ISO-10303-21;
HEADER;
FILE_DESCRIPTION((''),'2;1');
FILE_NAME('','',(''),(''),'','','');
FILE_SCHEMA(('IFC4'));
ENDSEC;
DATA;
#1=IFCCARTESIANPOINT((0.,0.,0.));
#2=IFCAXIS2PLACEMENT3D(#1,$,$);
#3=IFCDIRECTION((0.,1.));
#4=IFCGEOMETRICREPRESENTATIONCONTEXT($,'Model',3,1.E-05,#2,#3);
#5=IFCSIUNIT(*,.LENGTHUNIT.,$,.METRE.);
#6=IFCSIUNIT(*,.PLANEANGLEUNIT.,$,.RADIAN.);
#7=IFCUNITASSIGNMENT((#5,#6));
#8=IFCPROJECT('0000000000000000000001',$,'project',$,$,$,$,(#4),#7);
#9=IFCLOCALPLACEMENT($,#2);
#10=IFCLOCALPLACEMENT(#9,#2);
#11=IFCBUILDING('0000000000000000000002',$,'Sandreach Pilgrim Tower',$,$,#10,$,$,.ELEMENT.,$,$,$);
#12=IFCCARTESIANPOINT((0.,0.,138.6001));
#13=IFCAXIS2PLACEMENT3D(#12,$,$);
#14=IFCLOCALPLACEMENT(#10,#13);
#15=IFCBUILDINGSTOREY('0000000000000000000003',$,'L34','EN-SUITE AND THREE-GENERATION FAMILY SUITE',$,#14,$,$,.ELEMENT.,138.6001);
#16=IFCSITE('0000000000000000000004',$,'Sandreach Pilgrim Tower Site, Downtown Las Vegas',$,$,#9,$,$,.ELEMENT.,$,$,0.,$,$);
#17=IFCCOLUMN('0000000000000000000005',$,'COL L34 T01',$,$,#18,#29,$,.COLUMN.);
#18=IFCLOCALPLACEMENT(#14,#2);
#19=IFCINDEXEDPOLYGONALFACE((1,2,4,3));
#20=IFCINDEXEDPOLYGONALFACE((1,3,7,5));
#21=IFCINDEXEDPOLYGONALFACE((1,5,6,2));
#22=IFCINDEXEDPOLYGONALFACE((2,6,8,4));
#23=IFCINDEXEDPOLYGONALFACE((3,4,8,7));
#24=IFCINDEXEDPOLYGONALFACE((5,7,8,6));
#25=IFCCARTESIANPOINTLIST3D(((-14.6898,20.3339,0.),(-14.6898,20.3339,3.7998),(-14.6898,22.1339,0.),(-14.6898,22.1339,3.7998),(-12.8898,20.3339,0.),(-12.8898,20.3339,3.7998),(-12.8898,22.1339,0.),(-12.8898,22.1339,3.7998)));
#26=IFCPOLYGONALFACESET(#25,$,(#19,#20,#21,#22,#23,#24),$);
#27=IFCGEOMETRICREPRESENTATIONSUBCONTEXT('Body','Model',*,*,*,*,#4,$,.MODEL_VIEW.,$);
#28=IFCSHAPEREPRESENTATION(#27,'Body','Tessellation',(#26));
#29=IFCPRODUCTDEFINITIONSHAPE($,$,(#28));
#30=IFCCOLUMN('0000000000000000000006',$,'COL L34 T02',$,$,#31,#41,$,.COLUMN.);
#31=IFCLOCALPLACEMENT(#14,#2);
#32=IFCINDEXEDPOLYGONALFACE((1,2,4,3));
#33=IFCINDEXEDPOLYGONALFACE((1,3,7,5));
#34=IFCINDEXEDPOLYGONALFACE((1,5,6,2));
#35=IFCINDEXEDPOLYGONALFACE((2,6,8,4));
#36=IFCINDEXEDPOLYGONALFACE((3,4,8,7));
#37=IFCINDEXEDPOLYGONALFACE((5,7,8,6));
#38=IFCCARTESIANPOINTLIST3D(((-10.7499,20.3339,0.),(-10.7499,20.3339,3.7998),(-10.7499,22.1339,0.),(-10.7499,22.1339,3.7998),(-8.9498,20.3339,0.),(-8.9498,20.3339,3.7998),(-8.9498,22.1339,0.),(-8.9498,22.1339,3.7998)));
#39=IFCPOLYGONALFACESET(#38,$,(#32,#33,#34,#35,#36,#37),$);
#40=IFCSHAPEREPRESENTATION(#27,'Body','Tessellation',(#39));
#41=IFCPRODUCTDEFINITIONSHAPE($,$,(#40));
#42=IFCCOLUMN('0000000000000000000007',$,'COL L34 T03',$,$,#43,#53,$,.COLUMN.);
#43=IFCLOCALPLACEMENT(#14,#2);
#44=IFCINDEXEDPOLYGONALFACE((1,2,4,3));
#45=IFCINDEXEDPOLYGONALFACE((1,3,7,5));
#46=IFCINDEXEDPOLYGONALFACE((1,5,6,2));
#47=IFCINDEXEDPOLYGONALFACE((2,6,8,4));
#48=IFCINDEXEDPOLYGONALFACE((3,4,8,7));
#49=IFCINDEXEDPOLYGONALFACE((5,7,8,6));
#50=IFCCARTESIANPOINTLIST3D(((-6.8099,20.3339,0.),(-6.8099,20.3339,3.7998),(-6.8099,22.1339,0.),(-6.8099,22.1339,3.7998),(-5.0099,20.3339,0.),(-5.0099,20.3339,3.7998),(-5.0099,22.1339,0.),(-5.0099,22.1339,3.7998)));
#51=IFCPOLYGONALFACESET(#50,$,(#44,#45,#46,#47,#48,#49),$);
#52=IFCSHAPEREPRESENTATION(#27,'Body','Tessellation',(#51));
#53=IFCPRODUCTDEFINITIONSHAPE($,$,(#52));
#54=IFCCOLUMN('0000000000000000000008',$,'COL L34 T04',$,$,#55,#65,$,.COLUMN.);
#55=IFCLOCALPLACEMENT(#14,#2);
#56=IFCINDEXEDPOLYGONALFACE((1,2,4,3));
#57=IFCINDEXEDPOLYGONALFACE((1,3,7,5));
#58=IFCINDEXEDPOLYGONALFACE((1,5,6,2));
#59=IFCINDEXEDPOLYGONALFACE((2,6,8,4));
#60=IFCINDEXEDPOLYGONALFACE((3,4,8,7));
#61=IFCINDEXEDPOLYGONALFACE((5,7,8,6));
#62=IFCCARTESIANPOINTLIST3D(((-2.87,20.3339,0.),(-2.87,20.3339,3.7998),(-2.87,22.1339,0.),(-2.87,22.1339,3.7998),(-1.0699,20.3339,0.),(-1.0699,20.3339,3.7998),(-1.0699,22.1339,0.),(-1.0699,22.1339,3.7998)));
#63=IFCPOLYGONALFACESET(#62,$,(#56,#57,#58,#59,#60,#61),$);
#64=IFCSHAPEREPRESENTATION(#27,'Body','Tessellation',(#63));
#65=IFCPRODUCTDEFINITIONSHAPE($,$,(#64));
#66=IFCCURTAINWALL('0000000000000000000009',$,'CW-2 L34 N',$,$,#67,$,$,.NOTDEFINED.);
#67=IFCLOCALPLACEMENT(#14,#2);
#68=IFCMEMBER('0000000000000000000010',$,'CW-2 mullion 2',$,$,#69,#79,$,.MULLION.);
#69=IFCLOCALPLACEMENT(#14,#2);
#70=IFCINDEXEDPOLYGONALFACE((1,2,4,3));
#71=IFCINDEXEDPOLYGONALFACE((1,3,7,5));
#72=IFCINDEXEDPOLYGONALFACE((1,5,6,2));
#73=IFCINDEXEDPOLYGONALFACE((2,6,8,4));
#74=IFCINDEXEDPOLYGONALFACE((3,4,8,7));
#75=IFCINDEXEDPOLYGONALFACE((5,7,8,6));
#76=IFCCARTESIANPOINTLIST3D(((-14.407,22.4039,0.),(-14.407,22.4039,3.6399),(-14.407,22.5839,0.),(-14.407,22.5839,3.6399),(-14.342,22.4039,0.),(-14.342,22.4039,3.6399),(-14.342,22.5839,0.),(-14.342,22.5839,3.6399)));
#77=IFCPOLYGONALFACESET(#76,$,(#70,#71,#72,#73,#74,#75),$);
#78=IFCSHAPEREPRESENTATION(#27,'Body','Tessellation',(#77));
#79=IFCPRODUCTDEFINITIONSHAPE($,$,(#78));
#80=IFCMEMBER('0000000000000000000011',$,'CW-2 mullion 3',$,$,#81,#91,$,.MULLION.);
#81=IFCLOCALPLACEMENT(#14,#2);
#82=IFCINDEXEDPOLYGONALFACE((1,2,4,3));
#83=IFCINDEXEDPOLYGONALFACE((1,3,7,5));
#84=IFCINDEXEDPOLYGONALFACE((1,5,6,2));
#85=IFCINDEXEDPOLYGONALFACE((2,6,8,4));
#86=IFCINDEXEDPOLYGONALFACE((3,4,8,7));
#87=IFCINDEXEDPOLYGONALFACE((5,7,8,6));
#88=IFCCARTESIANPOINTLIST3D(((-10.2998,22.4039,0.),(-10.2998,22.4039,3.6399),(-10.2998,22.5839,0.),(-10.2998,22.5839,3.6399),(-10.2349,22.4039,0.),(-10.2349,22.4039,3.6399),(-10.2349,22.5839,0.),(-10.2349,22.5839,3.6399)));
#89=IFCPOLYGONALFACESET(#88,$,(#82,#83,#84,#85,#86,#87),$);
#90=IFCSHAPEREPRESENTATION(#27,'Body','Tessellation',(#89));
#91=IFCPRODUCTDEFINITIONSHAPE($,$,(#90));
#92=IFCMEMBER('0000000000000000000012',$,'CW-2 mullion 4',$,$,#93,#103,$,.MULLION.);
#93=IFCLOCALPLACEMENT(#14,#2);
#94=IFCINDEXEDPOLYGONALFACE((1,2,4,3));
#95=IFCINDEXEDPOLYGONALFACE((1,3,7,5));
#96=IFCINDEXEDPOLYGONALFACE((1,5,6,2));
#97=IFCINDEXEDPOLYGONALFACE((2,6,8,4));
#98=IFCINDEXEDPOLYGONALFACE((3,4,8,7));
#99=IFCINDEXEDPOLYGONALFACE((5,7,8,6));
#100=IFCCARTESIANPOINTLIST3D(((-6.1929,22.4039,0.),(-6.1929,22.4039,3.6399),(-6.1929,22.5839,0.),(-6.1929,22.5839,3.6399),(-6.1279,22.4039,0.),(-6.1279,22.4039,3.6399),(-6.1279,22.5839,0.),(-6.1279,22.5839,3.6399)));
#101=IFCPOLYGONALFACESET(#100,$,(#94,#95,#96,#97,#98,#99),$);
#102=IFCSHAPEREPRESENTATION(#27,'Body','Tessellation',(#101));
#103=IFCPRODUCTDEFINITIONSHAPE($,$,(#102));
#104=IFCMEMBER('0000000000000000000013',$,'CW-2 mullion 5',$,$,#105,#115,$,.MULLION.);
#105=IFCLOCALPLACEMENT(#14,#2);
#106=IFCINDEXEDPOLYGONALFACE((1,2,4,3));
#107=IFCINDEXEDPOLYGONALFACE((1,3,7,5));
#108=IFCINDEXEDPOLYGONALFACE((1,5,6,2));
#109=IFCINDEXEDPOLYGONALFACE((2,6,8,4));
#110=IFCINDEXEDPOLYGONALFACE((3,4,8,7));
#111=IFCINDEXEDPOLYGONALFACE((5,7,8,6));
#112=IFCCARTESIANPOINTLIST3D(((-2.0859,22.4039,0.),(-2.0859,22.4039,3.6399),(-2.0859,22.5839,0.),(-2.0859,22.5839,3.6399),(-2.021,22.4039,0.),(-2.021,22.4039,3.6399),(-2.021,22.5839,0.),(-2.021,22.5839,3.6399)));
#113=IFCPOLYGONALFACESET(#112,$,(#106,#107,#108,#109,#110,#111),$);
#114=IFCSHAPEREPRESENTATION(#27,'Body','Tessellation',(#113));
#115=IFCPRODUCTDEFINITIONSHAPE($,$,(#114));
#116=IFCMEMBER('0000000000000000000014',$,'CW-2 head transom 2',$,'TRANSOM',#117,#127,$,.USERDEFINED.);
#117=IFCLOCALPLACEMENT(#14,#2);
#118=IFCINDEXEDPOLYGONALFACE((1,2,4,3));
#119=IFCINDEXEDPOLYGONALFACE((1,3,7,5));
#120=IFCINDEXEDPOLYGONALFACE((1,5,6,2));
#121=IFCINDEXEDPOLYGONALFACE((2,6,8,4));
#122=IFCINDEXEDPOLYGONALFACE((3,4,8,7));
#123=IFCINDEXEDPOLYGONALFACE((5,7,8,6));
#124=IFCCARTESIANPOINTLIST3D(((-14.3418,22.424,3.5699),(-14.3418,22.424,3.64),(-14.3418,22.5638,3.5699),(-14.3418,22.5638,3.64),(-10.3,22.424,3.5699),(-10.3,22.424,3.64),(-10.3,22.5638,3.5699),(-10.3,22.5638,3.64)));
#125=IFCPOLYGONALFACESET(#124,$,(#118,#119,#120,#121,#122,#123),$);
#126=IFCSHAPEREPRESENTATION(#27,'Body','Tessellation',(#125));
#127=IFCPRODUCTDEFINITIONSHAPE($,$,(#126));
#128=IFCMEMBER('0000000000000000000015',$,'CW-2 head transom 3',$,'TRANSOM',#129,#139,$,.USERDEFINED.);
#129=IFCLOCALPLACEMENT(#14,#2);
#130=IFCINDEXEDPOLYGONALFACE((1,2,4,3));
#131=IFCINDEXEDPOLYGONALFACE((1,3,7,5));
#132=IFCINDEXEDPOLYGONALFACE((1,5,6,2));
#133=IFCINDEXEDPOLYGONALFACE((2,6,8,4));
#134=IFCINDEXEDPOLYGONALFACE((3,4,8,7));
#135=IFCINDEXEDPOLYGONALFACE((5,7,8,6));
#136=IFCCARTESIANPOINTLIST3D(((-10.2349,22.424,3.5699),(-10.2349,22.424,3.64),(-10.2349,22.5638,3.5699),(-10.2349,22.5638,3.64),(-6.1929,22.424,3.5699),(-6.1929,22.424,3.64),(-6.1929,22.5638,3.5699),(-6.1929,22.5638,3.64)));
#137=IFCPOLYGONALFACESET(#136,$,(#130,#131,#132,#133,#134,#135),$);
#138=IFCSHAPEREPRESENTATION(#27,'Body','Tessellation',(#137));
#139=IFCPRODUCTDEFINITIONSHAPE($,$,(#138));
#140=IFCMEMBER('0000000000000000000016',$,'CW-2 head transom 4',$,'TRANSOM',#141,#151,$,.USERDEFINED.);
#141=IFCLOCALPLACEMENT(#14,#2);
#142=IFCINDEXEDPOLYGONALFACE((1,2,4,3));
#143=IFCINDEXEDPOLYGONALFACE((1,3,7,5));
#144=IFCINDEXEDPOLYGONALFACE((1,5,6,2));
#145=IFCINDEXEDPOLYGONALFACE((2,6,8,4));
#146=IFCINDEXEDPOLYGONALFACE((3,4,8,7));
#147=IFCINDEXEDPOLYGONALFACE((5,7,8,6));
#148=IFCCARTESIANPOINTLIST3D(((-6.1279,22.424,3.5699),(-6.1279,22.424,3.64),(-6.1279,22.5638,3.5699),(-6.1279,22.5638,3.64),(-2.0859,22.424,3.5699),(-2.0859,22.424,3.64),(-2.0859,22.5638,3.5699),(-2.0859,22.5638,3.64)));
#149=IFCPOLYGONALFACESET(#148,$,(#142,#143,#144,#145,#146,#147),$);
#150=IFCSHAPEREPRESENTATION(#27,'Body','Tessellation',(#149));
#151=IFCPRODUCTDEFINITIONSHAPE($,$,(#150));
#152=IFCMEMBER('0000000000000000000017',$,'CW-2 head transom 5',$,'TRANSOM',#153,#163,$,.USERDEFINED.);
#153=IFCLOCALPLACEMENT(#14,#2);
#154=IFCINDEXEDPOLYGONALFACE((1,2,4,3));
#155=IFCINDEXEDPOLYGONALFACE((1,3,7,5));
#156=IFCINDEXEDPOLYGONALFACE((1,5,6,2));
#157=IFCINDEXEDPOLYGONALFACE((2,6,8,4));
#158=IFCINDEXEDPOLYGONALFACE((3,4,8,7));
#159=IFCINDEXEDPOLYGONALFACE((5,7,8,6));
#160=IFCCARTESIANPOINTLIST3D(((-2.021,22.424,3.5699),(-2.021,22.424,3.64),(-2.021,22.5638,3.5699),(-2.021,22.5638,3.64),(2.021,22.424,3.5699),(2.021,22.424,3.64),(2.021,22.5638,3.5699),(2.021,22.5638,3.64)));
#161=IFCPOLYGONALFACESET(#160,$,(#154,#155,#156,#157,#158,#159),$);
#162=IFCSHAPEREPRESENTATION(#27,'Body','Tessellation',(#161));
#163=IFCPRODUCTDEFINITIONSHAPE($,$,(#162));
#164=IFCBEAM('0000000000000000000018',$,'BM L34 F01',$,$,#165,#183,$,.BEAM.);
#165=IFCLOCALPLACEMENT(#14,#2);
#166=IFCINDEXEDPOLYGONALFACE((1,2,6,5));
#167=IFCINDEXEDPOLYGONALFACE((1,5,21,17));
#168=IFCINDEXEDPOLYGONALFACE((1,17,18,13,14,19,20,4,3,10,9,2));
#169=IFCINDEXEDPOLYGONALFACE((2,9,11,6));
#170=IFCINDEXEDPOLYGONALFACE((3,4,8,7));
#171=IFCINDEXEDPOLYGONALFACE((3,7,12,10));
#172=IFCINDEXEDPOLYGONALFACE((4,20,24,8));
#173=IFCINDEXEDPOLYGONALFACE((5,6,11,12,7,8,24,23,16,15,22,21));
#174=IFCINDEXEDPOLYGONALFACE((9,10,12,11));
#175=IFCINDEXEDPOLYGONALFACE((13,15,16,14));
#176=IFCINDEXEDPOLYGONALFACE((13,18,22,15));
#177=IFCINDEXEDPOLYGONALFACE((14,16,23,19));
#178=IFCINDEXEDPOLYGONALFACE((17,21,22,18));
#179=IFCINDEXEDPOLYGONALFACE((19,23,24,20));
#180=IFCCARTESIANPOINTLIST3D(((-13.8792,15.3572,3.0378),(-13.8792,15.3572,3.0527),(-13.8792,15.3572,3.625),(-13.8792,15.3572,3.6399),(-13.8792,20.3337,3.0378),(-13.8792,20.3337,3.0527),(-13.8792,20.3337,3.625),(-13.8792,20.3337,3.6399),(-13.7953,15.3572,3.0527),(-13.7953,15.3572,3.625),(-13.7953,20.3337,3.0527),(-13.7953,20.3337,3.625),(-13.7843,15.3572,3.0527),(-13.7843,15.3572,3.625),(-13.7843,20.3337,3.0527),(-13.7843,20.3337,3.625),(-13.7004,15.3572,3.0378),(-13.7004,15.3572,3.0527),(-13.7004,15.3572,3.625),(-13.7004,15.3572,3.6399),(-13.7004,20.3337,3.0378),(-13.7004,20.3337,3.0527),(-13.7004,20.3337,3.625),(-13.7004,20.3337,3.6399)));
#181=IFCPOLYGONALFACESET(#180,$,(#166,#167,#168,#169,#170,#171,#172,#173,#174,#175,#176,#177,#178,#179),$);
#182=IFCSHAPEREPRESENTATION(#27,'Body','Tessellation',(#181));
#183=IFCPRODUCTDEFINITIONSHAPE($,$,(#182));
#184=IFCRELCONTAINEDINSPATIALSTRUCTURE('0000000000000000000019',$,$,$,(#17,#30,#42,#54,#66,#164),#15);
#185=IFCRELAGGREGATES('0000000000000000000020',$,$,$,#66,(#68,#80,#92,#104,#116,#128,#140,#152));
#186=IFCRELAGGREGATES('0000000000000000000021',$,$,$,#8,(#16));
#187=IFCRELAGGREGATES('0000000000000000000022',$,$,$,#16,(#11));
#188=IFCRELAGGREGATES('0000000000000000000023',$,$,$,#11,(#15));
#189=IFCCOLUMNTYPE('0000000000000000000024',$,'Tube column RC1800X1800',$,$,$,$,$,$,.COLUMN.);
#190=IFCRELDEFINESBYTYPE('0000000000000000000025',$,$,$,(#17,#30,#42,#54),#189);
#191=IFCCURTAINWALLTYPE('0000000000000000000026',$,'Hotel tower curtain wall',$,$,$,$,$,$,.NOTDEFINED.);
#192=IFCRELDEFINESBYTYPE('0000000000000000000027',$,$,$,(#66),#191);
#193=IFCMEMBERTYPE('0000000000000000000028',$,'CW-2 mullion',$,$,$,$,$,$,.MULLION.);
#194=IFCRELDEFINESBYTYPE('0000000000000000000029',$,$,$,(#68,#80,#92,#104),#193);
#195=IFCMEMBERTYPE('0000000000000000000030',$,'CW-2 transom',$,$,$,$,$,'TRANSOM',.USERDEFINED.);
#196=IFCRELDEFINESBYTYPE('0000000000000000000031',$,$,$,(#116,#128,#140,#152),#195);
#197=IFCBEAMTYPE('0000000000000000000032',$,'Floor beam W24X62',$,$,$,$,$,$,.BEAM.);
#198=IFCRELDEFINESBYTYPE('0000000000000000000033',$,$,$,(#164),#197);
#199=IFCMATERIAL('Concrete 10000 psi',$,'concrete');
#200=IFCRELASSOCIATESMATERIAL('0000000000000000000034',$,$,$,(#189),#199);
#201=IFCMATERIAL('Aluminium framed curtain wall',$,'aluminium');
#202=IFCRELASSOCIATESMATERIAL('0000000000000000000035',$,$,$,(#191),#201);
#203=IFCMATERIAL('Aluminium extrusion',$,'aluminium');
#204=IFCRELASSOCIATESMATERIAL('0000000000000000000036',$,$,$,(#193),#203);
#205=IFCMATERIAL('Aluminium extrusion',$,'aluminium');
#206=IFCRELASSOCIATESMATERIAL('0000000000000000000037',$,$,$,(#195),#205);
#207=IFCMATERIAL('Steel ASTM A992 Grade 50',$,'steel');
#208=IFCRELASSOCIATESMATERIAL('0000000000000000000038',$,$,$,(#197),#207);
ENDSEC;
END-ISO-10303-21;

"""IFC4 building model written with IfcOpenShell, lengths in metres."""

from ifc_helpers import new_model, si_unit, direction, frame, origin, origin_2d, place, context, subcontext, project, spatial, rectangle, i_section, extrude, material, material_profile, profile_set, type_object, element, aggregate, save


model = new_model("IFC4")

# Units and contexts
model_context = context("Model", 3, precision=1e-05, world=origin(), true_north=direction((0.0, 1.0)))
body_context = subcontext(model_context, "Body", "Model", "MODEL_VIEW")
ifc_project = project(units=[si_unit("LENGTHUNIT", "METRE"), si_unit("PLANEANGLEUNIT", "RADIAN")], contexts=[model_context])

# Site, building, storey
site_placement = place(None, origin())
site = spatial("IfcSite", under=ifc_project, at=site_placement, Name="Sandreach Pilgrim Tower Site, Downtown Las Vegas", CompositionType="ELEMENT", RefElevation=0.0)
building_placement = place(site_placement, origin())
building = spatial("IfcBuilding", under=site, at=building_placement, Name="Sandreach Pilgrim Tower", CompositionType="ELEMENT")
storey_placement = place(building_placement, frame((0.0, 0.0, 138.6001)))
storey = spatial("IfcBuildingStorey", under=building, at=storey_placement, Name="L34", Description="EN-SUITE AND THREE-GENERATION FAMILY SUITE", CompositionType="ELEMENT", Elevation=138.6001)

# Columns
ifc_material_1 = material(Name="Concrete 10000 psi", Category="concrete")
ifc_material_profile_1 = material_profile(ifc_material_1, rectangle(XDim=1.8, YDim=1.8, at=origin_2d()), Name="RC1800X1800")
ifc_profile_set_1 = profile_set([ifc_material_profile_1], Name="Concrete 10000 psi")
column_type = type_object("IfcColumnType", Name="Tube column RC1800X1800", PredefinedType="COLUMN", material=ifc_profile_set_1)
for number, where, z_axis, x_axis, name in (
    (1, (-13.7898, 21.2339, 0.0), (0.0, 0.0, 1.0), (0.0, 1.0, 0.0), "COL L34 T01"),
    (2, (-9.8499, 21.2339, 0.0), (0.0, 0.0, 1.0), (0.0, 1.0, 0.0), "COL L34 T02"),
    (3, (-5.9099, 21.2339, 0.0), (0.0, 0.0, 1.0), (0.0, 1.0, 0.0), "COL L34 T03"),
    (4, (-1.97, 21.2339, 0.0), (0.0, 0.0, 1.0), (0.0, 1.0, 0.0), "COL L34 T04"),
):
    element("IfcColumn", number, at=place(storey_placement, frame(where, z_axis=z_axis, x_axis=x_axis)), inside=storey, type_object=column_type, Name=name, PredefinedType="COLUMN", context=body_context, shape_type="SweptSolid", body=[
        extrude(rectangle(XDim=1.8, YDim=1.8, at=origin_2d()), origin(), (0.0, 0.0, 1.0), 3.7998),
    ])

# Curtain wall, members
ifc_material_2 = material(Name="Aluminium framed curtain wall", Category="aluminium")
curtain_wall_type = type_object("IfcCurtainWallType", Name="Hotel tower curtain wall", PredefinedType="NOTDEFINED", material=ifc_material_2)
curtain_wall_placement = place(storey_placement, origin())
curtain_wall = element("IfcCurtainWall", 5, at=curtain_wall_placement, inside=storey, type_object=curtain_wall_type, Name="CW-2 L34 N", PredefinedType="NOTDEFINED")
ifc_material_3 = material(Name="Aluminium extrusion", Category="aluminium")
ifc_material_profile_2 = material_profile(ifc_material_3, rectangle(XDim=0.0649, YDim=0.1799, at=origin_2d()), Name="CW-2M 65X180")
ifc_profile_set_2 = profile_set([ifc_material_profile_2], Name="Aluminium extrusion")
member_type_1 = type_object("IfcMemberType", Name="CW-2 mullion", PredefinedType="MULLION", material=ifc_profile_set_2)
member_1_placement = place(storey_placement, frame((-14.3745, 22.4939, 0.0), z_axis=(0.0, 0.0, 1.0), x_axis=(1.0, 0.0, 0.0)))
member_1 = element("IfcMember", 6, at=member_1_placement, type_object=member_type_1, Name="CW-2 mullion 2", PredefinedType="MULLION", context=body_context, shape_type="SweptSolid", body=[
    extrude(rectangle(XDim=0.0649, YDim=0.1799, at=origin_2d()), origin(), (0.0, 0.0, 1.0), 3.6399),
])
member_2_placement = place(storey_placement, frame((-10.2673, 22.4939, 0.0), z_axis=(0.0, 0.0, 1.0), x_axis=(1.0, 0.0, 0.0)))
member_2 = element("IfcMember", 7, at=member_2_placement, type_object=member_type_1, Name="CW-2 mullion 3", PredefinedType="MULLION", context=body_context, shape_type="SweptSolid", body=[
    extrude(rectangle(XDim=0.0649, YDim=0.1799, at=origin_2d()), origin(), (0.0, 0.0, 1.0), 3.6399),
])
member_3_placement = place(storey_placement, frame((-6.1604, 22.4939, 0.0), z_axis=(0.0, 0.0, 1.0), x_axis=(1.0, 0.0, 0.0)))
member_3 = element("IfcMember", 8, at=member_3_placement, type_object=member_type_1, Name="CW-2 mullion 4", PredefinedType="MULLION", context=body_context, shape_type="SweptSolid", body=[
    extrude(rectangle(XDim=0.0649, YDim=0.1799, at=origin_2d()), origin(), (0.0, 0.0, 1.0), 3.6399),
])
member_4_placement = place(storey_placement, frame((-2.0535, 22.4939, 0.0), z_axis=(0.0, 0.0, 1.0), x_axis=(1.0, 0.0, 0.0)))
member_4 = element("IfcMember", 9, at=member_4_placement, type_object=member_type_1, Name="CW-2 mullion 5", PredefinedType="MULLION", context=body_context, shape_type="SweptSolid", body=[
    extrude(rectangle(XDim=0.0649, YDim=0.1799, at=origin_2d()), origin(), (0.0, 0.0, 1.0), 3.6399),
])
ifc_material_4 = material(Name="Aluminium extrusion", Category="aluminium")
ifc_material_profile_3 = material_profile(ifc_material_4, rectangle(XDim=0.1399, YDim=0.0701, at=origin_2d()), Name="CW-2T 140X70")
ifc_profile_set_3 = profile_set([ifc_material_profile_3], Name="Aluminium extrusion")
member_type_2 = type_object("IfcMemberType", Name="CW-2 transom", ElementType="TRANSOM", PredefinedType="USERDEFINED", material=ifc_profile_set_3)
member_5_placement = place(storey_placement, frame((-14.3418, 22.4939, 3.605), z_axis=(1.0, 0.0, 0.0), x_axis=(0.0, 1.0, 0.0)))
member_5 = element("IfcMember", 10, at=member_5_placement, type_object=member_type_2, Name="CW-2 head transom 2", ObjectType="TRANSOM", PredefinedType="USERDEFINED", context=body_context, shape_type="SweptSolid", body=[
    extrude(rectangle(XDim=0.1399, YDim=0.0701, at=origin_2d()), origin(), (0.0, 0.0, 1.0), 4.0417),
])
member_6_placement = place(storey_placement, frame((-10.2349, 22.4939, 3.605), z_axis=(1.0, 0.0, 0.0), x_axis=(0.0, 1.0, 0.0)))
member_6 = element("IfcMember", 11, at=member_6_placement, type_object=member_type_2, Name="CW-2 head transom 3", ObjectType="TRANSOM", PredefinedType="USERDEFINED", context=body_context, shape_type="SweptSolid", body=[
    extrude(rectangle(XDim=0.1399, YDim=0.0701, at=origin_2d()), origin(), (0.0, 0.0, 1.0), 4.042),
])
member_7_placement = place(storey_placement, frame((-6.1279, 22.4939, 3.605), z_axis=(1.0, 0.0, 0.0), x_axis=(0.0, 1.0, 0.0)))
member_7 = element("IfcMember", 12, at=member_7_placement, type_object=member_type_2, Name="CW-2 head transom 4", ObjectType="TRANSOM", PredefinedType="USERDEFINED", context=body_context, shape_type="SweptSolid", body=[
    extrude(rectangle(XDim=0.1399, YDim=0.0701, at=origin_2d()), origin(), (0.0, 0.0, 1.0), 4.042),
])
member_8_placement = place(storey_placement, frame((-2.021, 22.4939, 3.605), z_axis=(1.0, 0.0, 0.0), x_axis=(0.0, 1.0, 0.0)))
member_8 = element("IfcMember", 13, at=member_8_placement, type_object=member_type_2, Name="CW-2 head transom 5", ObjectType="TRANSOM", PredefinedType="USERDEFINED", context=body_context, shape_type="SweptSolid", body=[
    extrude(rectangle(XDim=0.1399, YDim=0.0701, at=origin_2d()), origin(), (0.0, 0.0, 1.0), 4.042),
])

# Beam
ifc_material_5 = material(Name="Steel ASTM A992 Grade 50", Category="steel")
ifc_material_profile_4 = material_profile(ifc_material_5, i_section(OverallWidth=0.1787, OverallDepth=0.6021, WebThickness=0.011, FlangeThickness=0.0149, at=origin_2d()), Name="W24X62")
ifc_profile_set_4 = profile_set([ifc_material_profile_4], Name="Steel ASTM A992 Grade 50")
beam_type_1 = type_object("IfcBeamType", Name="Floor beam W24X62", PredefinedType="BEAM", material=ifc_profile_set_4)
beam_1_placement = place(storey_placement, frame((-13.7898, 20.3337, 3.3389), z_axis=(0.0, -1.0, 0.0), x_axis=(1.0, 0.0, 0.0)))
element("IfcBeam", 14, at=beam_1_placement, inside=storey, type_object=beam_type_1, Name="BM L34 F01", PredefinedType="BEAM", context=body_context, shape_type="SweptSolid", body=[
    extrude(i_section(OverallWidth=0.1787, OverallDepth=0.6021, WebThickness=0.011, FlangeThickness=0.0149, at=origin_2d()), origin(), (0.0, 0.0, 1.0), 4.9766),
])

aggregate(curtain_wall, [member_1, member_2, member_3, member_4, member_5, member_6, member_7, member_8])

save(model, "model.ifc")
